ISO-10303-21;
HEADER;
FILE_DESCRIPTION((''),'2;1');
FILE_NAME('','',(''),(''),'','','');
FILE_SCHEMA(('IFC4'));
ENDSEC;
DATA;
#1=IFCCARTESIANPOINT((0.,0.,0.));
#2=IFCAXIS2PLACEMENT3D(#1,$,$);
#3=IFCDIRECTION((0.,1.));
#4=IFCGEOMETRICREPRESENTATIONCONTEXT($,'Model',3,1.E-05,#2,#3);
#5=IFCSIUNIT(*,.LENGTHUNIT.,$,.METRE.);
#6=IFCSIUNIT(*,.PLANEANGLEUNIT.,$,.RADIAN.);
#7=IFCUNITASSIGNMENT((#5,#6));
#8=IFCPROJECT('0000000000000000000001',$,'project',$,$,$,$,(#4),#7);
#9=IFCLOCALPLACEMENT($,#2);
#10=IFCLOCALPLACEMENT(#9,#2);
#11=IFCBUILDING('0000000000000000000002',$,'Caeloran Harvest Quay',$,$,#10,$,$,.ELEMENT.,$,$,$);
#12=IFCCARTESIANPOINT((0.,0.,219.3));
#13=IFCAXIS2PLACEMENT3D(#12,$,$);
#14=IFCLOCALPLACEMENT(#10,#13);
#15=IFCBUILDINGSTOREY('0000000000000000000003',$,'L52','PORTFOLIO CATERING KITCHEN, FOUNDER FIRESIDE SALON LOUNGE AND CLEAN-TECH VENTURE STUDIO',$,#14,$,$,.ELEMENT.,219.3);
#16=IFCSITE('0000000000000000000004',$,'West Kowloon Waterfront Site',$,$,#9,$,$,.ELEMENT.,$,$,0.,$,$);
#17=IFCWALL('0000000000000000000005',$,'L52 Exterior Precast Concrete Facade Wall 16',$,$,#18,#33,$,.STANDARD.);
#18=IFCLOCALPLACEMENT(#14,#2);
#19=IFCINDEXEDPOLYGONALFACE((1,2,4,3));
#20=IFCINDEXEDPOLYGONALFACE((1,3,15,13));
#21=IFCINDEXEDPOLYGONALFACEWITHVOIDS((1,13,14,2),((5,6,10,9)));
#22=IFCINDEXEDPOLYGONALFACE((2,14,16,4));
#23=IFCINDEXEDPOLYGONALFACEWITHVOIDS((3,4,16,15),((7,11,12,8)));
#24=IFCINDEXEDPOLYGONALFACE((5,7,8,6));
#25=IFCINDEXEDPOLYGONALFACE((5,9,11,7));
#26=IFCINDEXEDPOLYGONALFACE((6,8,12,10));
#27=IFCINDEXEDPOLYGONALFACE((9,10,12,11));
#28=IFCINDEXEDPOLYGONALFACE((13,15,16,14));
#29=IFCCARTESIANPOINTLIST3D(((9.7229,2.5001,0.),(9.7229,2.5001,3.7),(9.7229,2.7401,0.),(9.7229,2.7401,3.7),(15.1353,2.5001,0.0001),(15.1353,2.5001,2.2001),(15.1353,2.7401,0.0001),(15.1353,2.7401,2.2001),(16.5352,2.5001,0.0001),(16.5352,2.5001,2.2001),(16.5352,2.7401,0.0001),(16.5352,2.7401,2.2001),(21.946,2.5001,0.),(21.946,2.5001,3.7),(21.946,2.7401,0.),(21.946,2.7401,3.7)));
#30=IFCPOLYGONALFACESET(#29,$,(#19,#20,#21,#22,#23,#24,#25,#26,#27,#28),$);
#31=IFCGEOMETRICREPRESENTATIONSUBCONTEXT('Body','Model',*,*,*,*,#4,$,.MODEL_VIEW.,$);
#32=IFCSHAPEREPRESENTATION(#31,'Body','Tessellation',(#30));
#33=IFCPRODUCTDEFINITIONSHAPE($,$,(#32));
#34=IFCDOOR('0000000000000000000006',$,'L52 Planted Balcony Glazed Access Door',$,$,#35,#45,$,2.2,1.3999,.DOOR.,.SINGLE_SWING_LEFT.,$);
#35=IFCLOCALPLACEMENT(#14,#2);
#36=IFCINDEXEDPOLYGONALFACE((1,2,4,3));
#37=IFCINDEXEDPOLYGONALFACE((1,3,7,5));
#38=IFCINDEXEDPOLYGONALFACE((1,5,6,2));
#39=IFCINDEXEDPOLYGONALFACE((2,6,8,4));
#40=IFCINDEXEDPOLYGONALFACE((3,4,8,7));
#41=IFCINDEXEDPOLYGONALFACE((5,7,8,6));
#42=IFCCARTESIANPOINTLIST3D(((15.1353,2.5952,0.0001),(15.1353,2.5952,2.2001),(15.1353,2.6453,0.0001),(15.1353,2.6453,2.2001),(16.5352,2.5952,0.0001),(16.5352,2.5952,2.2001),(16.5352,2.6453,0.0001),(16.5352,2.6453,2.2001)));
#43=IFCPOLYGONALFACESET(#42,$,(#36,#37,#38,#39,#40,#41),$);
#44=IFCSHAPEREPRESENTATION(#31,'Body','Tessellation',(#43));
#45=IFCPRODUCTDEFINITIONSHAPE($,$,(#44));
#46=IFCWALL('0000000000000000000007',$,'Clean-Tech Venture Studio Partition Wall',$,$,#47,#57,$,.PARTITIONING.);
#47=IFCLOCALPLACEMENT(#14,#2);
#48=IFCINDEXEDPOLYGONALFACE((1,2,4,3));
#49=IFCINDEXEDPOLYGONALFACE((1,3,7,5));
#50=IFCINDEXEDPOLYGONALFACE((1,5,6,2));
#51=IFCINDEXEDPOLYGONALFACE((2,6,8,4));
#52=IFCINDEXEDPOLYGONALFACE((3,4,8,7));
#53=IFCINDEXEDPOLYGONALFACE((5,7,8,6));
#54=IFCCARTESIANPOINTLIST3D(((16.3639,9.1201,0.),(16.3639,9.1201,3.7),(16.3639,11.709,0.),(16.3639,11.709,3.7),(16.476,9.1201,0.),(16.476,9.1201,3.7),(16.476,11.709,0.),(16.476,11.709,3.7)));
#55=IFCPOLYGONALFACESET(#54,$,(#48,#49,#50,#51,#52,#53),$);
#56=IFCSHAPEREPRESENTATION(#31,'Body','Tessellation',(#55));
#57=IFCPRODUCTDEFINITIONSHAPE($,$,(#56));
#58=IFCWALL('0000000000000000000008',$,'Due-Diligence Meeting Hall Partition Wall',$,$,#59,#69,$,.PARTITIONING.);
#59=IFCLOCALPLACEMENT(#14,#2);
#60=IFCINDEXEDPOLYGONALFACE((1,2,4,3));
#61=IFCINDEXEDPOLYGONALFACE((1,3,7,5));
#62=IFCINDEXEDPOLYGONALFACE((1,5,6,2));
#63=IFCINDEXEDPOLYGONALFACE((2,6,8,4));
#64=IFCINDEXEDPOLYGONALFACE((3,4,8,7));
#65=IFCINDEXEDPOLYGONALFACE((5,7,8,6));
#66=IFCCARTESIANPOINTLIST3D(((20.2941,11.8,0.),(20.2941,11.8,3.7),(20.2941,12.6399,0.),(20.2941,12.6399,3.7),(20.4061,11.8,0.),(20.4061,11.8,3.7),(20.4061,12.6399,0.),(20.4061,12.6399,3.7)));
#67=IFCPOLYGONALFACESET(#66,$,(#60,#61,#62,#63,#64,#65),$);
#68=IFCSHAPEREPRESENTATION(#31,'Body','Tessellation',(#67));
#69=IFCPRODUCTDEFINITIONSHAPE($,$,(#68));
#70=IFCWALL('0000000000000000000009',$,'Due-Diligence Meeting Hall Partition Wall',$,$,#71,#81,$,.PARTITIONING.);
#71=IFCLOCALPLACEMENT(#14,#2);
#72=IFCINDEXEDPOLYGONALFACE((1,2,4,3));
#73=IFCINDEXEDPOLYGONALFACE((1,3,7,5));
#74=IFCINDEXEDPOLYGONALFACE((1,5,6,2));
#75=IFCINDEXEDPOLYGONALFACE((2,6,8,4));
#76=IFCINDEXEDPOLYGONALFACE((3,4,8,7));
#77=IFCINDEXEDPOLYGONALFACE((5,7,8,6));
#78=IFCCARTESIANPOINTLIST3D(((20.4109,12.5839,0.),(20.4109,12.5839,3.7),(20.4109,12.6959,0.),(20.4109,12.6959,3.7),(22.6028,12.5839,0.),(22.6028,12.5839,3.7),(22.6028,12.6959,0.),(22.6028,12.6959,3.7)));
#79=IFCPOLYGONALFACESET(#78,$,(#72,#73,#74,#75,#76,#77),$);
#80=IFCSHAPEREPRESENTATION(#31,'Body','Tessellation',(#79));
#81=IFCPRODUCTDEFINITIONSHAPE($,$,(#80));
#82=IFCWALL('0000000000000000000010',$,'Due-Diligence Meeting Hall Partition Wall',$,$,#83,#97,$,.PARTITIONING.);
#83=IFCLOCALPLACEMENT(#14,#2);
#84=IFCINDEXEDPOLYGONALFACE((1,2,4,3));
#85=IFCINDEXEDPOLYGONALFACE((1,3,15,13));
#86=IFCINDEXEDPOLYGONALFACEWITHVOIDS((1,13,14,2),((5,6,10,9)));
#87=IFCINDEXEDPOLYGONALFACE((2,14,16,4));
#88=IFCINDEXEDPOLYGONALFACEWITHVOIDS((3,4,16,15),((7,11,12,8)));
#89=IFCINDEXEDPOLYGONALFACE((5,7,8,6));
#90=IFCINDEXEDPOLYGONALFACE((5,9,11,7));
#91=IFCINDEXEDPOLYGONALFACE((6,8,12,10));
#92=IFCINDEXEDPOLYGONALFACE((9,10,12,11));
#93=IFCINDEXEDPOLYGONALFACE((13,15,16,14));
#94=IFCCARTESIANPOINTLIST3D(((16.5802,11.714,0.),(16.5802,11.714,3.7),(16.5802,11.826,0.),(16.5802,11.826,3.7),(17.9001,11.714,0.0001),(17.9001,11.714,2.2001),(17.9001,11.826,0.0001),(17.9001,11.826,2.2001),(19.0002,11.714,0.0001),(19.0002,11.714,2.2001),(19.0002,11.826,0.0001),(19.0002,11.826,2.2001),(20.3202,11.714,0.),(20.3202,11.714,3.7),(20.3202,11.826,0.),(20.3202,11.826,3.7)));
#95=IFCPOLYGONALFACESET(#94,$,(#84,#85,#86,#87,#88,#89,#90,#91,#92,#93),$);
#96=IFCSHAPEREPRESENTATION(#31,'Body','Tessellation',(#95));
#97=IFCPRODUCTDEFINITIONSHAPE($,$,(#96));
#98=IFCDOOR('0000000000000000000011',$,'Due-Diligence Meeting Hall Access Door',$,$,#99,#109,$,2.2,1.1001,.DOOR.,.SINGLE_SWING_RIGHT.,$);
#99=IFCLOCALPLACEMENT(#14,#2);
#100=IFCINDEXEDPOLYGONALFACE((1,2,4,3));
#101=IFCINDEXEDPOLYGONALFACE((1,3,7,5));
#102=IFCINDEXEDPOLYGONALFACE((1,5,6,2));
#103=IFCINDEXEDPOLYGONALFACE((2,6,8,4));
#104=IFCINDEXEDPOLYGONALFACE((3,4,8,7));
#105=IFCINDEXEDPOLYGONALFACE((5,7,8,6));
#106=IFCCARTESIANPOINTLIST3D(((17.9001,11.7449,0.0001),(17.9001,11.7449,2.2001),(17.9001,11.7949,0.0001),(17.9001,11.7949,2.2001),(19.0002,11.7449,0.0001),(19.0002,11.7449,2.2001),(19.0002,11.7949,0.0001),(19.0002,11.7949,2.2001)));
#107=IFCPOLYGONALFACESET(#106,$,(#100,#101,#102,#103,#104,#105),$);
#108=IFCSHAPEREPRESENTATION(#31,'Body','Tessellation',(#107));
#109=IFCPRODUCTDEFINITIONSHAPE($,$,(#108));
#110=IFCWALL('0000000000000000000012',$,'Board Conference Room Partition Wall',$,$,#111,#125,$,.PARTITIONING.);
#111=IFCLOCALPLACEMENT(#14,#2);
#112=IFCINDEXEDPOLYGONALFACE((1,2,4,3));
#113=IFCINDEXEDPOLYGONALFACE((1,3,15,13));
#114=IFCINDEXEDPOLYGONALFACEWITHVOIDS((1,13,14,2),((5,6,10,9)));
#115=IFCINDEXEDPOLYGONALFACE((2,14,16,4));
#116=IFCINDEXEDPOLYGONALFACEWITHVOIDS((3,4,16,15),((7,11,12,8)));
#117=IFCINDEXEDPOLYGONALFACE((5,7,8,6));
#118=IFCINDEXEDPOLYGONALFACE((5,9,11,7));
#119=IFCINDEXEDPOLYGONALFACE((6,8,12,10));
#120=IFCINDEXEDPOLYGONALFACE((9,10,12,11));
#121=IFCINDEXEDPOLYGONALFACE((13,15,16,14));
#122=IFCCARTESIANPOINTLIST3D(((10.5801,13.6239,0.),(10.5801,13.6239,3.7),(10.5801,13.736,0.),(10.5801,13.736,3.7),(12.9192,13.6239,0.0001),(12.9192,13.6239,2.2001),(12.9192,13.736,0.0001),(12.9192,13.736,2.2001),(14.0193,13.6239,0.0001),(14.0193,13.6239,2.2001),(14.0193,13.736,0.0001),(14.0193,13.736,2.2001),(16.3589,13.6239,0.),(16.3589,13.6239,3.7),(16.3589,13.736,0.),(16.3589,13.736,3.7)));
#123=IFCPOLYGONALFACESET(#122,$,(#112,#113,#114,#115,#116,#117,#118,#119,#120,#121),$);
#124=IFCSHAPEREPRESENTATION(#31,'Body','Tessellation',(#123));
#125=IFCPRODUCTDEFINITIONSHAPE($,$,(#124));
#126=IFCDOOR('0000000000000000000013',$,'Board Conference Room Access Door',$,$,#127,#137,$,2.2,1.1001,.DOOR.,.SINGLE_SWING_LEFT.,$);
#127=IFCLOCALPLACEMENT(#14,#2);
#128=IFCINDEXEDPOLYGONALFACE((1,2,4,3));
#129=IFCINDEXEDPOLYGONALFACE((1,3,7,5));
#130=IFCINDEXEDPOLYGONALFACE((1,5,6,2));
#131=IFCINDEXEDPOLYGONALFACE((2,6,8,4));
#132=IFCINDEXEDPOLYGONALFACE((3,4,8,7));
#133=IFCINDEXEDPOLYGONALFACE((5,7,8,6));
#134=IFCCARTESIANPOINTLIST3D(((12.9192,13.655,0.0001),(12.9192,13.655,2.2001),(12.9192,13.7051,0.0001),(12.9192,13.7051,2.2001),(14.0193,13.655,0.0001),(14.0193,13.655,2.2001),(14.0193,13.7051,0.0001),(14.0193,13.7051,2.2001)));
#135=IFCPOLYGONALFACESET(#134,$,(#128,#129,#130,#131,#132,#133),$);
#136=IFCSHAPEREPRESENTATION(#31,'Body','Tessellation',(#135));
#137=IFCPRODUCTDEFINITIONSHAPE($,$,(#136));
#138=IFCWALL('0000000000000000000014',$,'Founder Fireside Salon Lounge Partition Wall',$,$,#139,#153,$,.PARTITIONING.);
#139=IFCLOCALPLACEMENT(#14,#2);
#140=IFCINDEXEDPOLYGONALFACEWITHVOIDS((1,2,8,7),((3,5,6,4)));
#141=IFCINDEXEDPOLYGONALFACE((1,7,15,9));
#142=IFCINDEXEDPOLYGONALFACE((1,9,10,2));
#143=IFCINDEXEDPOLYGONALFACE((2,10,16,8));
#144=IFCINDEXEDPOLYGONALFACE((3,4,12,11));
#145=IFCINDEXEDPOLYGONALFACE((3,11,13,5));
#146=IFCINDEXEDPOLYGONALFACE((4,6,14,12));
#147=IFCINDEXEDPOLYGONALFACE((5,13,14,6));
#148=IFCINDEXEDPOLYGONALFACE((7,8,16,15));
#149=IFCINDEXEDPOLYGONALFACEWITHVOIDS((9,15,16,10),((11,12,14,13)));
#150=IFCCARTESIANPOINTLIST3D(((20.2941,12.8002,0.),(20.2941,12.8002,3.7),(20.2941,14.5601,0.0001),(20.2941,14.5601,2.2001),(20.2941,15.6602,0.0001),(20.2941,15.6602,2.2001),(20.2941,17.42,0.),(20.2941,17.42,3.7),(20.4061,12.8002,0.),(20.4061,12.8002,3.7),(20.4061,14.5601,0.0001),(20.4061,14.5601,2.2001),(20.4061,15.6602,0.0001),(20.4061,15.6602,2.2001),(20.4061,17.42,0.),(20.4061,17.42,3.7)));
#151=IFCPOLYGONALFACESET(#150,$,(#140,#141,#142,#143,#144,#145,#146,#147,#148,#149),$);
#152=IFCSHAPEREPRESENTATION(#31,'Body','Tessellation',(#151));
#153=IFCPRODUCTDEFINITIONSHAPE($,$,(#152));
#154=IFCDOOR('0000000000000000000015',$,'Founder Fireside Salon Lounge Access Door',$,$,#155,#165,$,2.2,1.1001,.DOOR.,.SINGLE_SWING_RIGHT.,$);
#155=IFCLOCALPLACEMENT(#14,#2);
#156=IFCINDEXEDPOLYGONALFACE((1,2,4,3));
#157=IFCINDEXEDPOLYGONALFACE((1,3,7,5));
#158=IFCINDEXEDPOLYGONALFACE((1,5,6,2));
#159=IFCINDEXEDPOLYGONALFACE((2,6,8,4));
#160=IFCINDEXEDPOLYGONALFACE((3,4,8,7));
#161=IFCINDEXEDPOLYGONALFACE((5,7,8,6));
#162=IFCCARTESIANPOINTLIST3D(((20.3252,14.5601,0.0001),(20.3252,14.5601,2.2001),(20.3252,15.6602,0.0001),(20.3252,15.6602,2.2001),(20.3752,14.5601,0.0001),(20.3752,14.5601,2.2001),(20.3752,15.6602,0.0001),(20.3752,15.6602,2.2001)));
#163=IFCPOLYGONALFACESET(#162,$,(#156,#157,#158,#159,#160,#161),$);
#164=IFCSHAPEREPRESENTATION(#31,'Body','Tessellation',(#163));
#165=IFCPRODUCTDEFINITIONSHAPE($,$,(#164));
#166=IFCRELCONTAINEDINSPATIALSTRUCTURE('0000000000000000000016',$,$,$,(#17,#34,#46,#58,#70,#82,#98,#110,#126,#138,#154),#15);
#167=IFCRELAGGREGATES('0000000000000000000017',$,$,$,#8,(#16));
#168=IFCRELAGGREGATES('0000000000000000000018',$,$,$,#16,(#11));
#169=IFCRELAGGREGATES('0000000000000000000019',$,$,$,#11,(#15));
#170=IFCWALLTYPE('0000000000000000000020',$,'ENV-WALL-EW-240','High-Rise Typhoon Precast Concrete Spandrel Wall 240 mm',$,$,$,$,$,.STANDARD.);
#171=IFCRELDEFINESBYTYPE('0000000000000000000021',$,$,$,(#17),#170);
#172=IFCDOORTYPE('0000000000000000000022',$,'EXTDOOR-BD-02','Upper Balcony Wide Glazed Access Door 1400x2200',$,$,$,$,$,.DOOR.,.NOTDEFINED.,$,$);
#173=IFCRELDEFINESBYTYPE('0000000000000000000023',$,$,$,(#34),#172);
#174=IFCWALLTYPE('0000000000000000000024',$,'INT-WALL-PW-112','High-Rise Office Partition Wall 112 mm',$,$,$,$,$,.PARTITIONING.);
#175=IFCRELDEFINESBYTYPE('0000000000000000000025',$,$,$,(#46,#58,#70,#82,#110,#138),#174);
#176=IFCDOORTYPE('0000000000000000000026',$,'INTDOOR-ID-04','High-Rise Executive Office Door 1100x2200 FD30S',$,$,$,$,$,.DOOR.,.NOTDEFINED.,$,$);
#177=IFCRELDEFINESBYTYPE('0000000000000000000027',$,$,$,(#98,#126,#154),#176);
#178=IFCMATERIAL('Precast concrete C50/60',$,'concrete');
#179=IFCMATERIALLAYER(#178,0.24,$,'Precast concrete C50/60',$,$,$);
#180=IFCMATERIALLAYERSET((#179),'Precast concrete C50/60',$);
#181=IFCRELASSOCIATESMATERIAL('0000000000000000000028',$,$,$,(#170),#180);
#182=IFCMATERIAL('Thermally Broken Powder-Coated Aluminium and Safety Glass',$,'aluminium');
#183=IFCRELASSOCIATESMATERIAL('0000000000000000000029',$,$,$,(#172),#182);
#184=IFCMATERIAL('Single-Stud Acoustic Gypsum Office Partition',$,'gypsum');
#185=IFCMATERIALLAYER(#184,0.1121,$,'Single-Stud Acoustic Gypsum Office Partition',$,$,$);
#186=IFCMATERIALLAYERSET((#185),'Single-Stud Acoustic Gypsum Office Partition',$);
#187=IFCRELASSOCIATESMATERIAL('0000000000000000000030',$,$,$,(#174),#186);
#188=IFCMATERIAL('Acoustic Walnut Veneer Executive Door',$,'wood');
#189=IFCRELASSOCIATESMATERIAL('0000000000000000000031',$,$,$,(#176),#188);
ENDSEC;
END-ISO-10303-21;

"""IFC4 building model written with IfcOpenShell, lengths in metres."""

from ifc_helpers import new_model, si_unit, direction, frame, frame_2d, origin, place, context, subcontext, project, spatial, rectangle, extrude, material, layer, layer_set, type_object, element, fill, save


model = new_model("IFC4")

# Units and contexts
model_context = context("Model", 3, precision=1e-05, world=origin(), true_north=direction((0.0, 1.0)))
body_context = subcontext(model_context, "Body", "Model", "MODEL_VIEW")
ifc_project = project(units=[si_unit("LENGTHUNIT", "METRE"), si_unit("PLANEANGLEUNIT", "RADIAN")], contexts=[model_context])

# Site, building, storey
site_placement = place(None, origin())
site = spatial("IfcSite", under=ifc_project, at=site_placement, Name="West Kowloon Waterfront Site", CompositionType="ELEMENT", RefElevation=0.0)
building_placement = place(site_placement, origin())
building = spatial("IfcBuilding", under=site, at=building_placement, Name="Caeloran Harvest Quay", CompositionType="ELEMENT")
storey_placement = place(building_placement, frame((0.0, 0.0, 219.3)))
storey = spatial("IfcBuildingStorey", under=building, at=storey_placement, Name="L52", Description="PORTFOLIO CATERING KITCHEN, FOUNDER FIRESIDE SALON LOUNGE AND CLEAN-TECH VENTURE STUDIO", CompositionType="ELEMENT", Elevation=219.3)

# Shared definitions
ifc_material_1 = material(Name="Precast concrete C50/60", Category="concrete")

# Shared definitions
ifc_layer_1 = layer(ifc_material_1, 0.24, Name="Precast concrete C50/60")
ifc_layer_set_1 = layer_set([ifc_layer_1], Name="Precast concrete C50/60")
wall_type_1 = type_object("IfcWallType", Name="ENV-WALL-EW-240", Description="High-Rise Typhoon Precast Concrete Spandrel Wall 240 mm", PredefinedType="STANDARD", material=ifc_layer_set_1)

# Wall, opening, door
wall_1_placement = place(storey_placement, frame((21.946, 2.6201, 0.0), z_axis=(0.0, 0.0, 1.0), x_axis=(-1.0, 0.0, 0.0)))
wall_1 = element("IfcWall", 1, at=wall_1_placement, inside=storey, type_object=wall_type_1, Name="L52 Exterior Precast Concrete Facade Wall 16", PredefinedType="STANDARD", context=body_context, shape_type="SweptSolid", body=[
    extrude(rectangle(XDim=12.2231, YDim=0.24, at=frame_2d((6.1116, 0.0))), origin(), (0.0, 0.0, 1.0), 3.7),
])
opening_1_placement = place(wall_1_placement, frame((5.4109, 0.0, 0.0)))
opening_1 = element("IfcOpeningElement", 2, at=opening_1_placement, cuts=wall_1, PredefinedType="OPENING", context=body_context, shape_type="SweptSolid", body=[
    extrude(rectangle(XDim=1.3999, YDim=2.2, at=frame_2d((0.7, 1.1001))), frame((0.0, 0.1299, 0.0), z_axis=(0.0, -1.0, 0.0), x_axis=(1.0, 0.0, 0.0)), (0.0, 0.0, 1.0), 0.26),
])
ifc_material_2 = material(Name="Thermally Broken Powder-Coated Aluminium and Safety Glass", Category="aluminium")
door_type_1 = type_object("IfcDoorType", Name="EXTDOOR-BD-02", Description="Upper Balcony Wide Glazed Access Door 1400x2200", OperationType="NOTDEFINED", PredefinedType="DOOR", material=ifc_material_2)
door_1_placement = place(opening_1_placement, origin())
door_1 = element("IfcDoor", 3, at=door_1_placement, inside=storey, type_object=door_type_1, Name="L52 Planted Balcony Glazed Access Door", OperationType="SINGLE_SWING_LEFT", OverallHeight=2.2, OverallWidth=1.3999, PredefinedType="DOOR", context=body_context, shape_type="SweptSolid", body=[
    extrude(rectangle(XDim=1.3999, YDim=2.2, at=frame_2d((0.7, 1.1001))), frame((0.0, 0.0249, 0.0), z_axis=(0.0, -1.0, 0.0), x_axis=(1.0, 0.0, 0.0)), (0.0, 0.0, 1.0), 0.05),
])
fill(opening_1, door_1)

# Walls
ifc_material_3 = material(Name="Single-Stud Acoustic Gypsum Office Partition", Category="gypsum")
ifc_layer_2 = layer(ifc_material_3, 0.1121, Name="Single-Stud Acoustic Gypsum Office Partition")
ifc_layer_set_2 = layer_set([ifc_layer_2], Name="Single-Stud Acoustic Gypsum Office Partition")
wall_type_2 = type_object("IfcWallType", Name="INT-WALL-PW-112", Description="High-Rise Office Partition Wall 112 mm", PredefinedType="PARTITIONING", material=ifc_layer_set_2)
wall_2_placement = place(storey_placement, frame((16.4199, 11.709, 0.0), z_axis=(0.0, 0.0, 1.0), x_axis=(0.0, -1.0, 0.0)))
element("IfcWall", 4, at=wall_2_placement, inside=storey, type_object=wall_type_2, Name="Clean-Tech Venture Studio Partition Wall", PredefinedType="PARTITIONING", context=body_context, shape_type="SweptSolid", body=[
    extrude(rectangle(XDim=2.5889, YDim=0.1121, at=frame_2d((1.2944, 0.0))), origin(), (0.0, 0.0, 1.0), 3.7),
])
wall_3_placement = place(storey_placement, frame((20.3501, 11.8, 0.0), z_axis=(0.0, 0.0, 1.0), x_axis=(0.0, 1.0, 0.0)))
element("IfcWall", 5, at=wall_3_placement, inside=storey, type_object=wall_type_2, Name="Due-Diligence Meeting Hall Partition Wall", PredefinedType="PARTITIONING", context=body_context, shape_type="SweptSolid", body=[
    extrude(rectangle(XDim=0.8398, YDim=0.1121, at=frame_2d((0.4199, 0.0))), origin(), (0.0, 0.0, 1.0), 3.7),
])
wall_4_placement = place(storey_placement, frame((20.4109, 12.6399, 0.0), z_axis=(0.0, 0.0, 1.0), x_axis=(1.0, 0.0, 0.0)))
element("IfcWall", 6, at=wall_4_placement, inside=storey, type_object=wall_type_2, Name="Due-Diligence Meeting Hall Partition Wall", PredefinedType="PARTITIONING", context=body_context, shape_type="SweptSolid", body=[
    extrude(rectangle(XDim=2.1919, YDim=0.1121, at=frame_2d((1.0959, 0.0))), origin(), (0.0, 0.0, 1.0), 3.7),
])

# Walls, openings, doors
wall_5_placement = place(storey_placement, frame((16.5801, 11.77, 0.0), z_axis=(0.0, 0.0, 1.0), x_axis=(1.0, 0.0, 0.0)))
wall_5 = element("IfcWall", 7, at=wall_5_placement, inside=storey, type_object=wall_type_2, Name="Due-Diligence Meeting Hall Partition Wall", PredefinedType="PARTITIONING", context=body_context, shape_type="SweptSolid", body=[
    extrude(rectangle(XDim=3.74, YDim=0.1121, at=frame_2d((1.8701, 0.0))), origin(), (0.0, 0.0, 1.0), 3.7),
])
opening_2_placement = place(wall_5_placement, frame((1.3201, 0.0, 0.0)))
opening_2 = element("IfcOpeningElement", 8, at=opening_2_placement, cuts=wall_5, PredefinedType="OPENING", context=body_context, shape_type="SweptSolid", body=[
    extrude(rectangle(XDim=1.1001, YDim=2.2, at=frame_2d((0.55, 1.1001))), frame((0.0, 0.0659, 0.0), z_axis=(0.0, -1.0, 0.0), x_axis=(1.0, 0.0, 0.0)), (0.0, 0.0, 1.0), 0.1321),
])
ifc_material_4 = material(Name="Acoustic Walnut Veneer Executive Door", Category="wood")
door_type_2 = type_object("IfcDoorType", Name="INTDOOR-ID-04", Description="High-Rise Executive Office Door 1100x2200 FD30S", OperationType="NOTDEFINED", PredefinedType="DOOR", material=ifc_material_4)
door_2_placement = place(opening_2_placement, origin())
door_2 = element("IfcDoor", 9, at=door_2_placement, inside=storey, type_object=door_type_2, Name="Due-Diligence Meeting Hall Access Door", OperationType="SINGLE_SWING_RIGHT", OverallHeight=2.2, OverallWidth=1.1001, PredefinedType="DOOR", context=body_context, shape_type="SweptSolid", body=[
    extrude(rectangle(XDim=1.1001, YDim=2.2, at=frame_2d((0.55, 1.1001))), frame((0.0, 0.0249, 0.0), z_axis=(0.0, -1.0, 0.0), x_axis=(1.0, 0.0, 0.0)), (0.0, 0.0, 1.0), 0.05),
])
fill(opening_2, door_2)
wall_6_placement = place(storey_placement, frame((16.3589, 13.6799, 0.0), z_axis=(0.0, 0.0, 1.0), x_axis=(-1.0, 0.0, 0.0)))
wall_6 = element("IfcWall", 10, at=wall_6_placement, inside=storey, type_object=wall_type_2, Name="Board Conference Room Partition Wall", PredefinedType="PARTITIONING", context=body_context, shape_type="SweptSolid", body=[
    extrude(rectangle(XDim=5.7788, YDim=0.1121, at=frame_2d((2.8894, 0.0))), origin(), (0.0, 0.0, 1.0), 3.7),
])
opening_3_placement = place(wall_6_placement, frame((2.3396, 0.0, 0.0)))
opening_3 = element("IfcOpeningElement", 11, at=opening_3_placement, cuts=wall_6, PredefinedType="OPENING", context=body_context, shape_type="SweptSolid", body=[
    extrude(rectangle(XDim=1.1001, YDim=2.2, at=frame_2d((0.55, 1.1001))), frame((0.0, 0.0659, 0.0), z_axis=(0.0, -1.0, 0.0), x_axis=(1.0, 0.0, 0.0)), (0.0, 0.0, 1.0), 0.1321),
])
door_3_placement = place(opening_3_placement, origin())
door_3 = element("IfcDoor", 12, at=door_3_placement, inside=storey, type_object=door_type_2, Name="Board Conference Room Access Door", OperationType="SINGLE_SWING_LEFT", OverallHeight=2.2, OverallWidth=1.1001, PredefinedType="DOOR", context=body_context, shape_type="SweptSolid", body=[
    extrude(rectangle(XDim=1.1001, YDim=2.2, at=frame_2d((0.55, 1.1001))), frame((0.0, 0.0249, 0.0), z_axis=(0.0, -1.0, 0.0), x_axis=(1.0, 0.0, 0.0)), (0.0, 0.0, 1.0), 0.05),
])
fill(opening_3, door_3)
wall_7_placement = place(storey_placement, frame((20.3501, 12.8, 0.0), z_axis=(0.0, 0.0, 1.0), x_axis=(0.0, 1.0, 0.0)))
wall_7 = element("IfcWall", 13, at=wall_7_placement, inside=storey, type_object=wall_type_2, Name="Founder Fireside Salon Lounge Partition Wall", PredefinedType="PARTITIONING", context=body_context, shape_type="SweptSolid", body=[
    extrude(rectangle(XDim=4.6199, YDim=0.1121, at=frame_2d((2.3101, 0.0))), origin(), (0.0, 0.0, 1.0), 3.7),
])
opening_4_placement = place(wall_7_placement, frame((1.76, 0.0, 0.0)))
opening_4 = element("IfcOpeningElement", 14, at=opening_4_placement, cuts=wall_7, PredefinedType="OPENING", context=body_context, shape_type="SweptSolid", body=[
    extrude(rectangle(XDim=1.1001, YDim=2.2, at=frame_2d((0.55, 1.1001))), frame((0.0, 0.0659, 0.0), z_axis=(0.0, -1.0, 0.0), x_axis=(1.0, 0.0, 0.0)), (0.0, 0.0, 1.0), 0.1321),
])
door_4_placement = place(opening_4_placement, origin())
door_4 = element("IfcDoor", 15, at=door_4_placement, inside=storey, type_object=door_type_2, Name="Founder Fireside Salon Lounge Access Door", OperationType="SINGLE_SWING_RIGHT", OverallHeight=2.2, OverallWidth=1.1001, PredefinedType="DOOR", context=body_context, shape_type="SweptSolid", body=[
    extrude(rectangle(XDim=1.1001, YDim=2.2, at=frame_2d((0.55, 1.1001))), frame((0.0, 0.0249, 0.0), z_axis=(0.0, -1.0, 0.0), x_axis=(1.0, 0.0, 0.0)), (0.0, 0.0, 1.0), 0.05),
])
fill(opening_4, door_4)

save(model, "model.ifc")
